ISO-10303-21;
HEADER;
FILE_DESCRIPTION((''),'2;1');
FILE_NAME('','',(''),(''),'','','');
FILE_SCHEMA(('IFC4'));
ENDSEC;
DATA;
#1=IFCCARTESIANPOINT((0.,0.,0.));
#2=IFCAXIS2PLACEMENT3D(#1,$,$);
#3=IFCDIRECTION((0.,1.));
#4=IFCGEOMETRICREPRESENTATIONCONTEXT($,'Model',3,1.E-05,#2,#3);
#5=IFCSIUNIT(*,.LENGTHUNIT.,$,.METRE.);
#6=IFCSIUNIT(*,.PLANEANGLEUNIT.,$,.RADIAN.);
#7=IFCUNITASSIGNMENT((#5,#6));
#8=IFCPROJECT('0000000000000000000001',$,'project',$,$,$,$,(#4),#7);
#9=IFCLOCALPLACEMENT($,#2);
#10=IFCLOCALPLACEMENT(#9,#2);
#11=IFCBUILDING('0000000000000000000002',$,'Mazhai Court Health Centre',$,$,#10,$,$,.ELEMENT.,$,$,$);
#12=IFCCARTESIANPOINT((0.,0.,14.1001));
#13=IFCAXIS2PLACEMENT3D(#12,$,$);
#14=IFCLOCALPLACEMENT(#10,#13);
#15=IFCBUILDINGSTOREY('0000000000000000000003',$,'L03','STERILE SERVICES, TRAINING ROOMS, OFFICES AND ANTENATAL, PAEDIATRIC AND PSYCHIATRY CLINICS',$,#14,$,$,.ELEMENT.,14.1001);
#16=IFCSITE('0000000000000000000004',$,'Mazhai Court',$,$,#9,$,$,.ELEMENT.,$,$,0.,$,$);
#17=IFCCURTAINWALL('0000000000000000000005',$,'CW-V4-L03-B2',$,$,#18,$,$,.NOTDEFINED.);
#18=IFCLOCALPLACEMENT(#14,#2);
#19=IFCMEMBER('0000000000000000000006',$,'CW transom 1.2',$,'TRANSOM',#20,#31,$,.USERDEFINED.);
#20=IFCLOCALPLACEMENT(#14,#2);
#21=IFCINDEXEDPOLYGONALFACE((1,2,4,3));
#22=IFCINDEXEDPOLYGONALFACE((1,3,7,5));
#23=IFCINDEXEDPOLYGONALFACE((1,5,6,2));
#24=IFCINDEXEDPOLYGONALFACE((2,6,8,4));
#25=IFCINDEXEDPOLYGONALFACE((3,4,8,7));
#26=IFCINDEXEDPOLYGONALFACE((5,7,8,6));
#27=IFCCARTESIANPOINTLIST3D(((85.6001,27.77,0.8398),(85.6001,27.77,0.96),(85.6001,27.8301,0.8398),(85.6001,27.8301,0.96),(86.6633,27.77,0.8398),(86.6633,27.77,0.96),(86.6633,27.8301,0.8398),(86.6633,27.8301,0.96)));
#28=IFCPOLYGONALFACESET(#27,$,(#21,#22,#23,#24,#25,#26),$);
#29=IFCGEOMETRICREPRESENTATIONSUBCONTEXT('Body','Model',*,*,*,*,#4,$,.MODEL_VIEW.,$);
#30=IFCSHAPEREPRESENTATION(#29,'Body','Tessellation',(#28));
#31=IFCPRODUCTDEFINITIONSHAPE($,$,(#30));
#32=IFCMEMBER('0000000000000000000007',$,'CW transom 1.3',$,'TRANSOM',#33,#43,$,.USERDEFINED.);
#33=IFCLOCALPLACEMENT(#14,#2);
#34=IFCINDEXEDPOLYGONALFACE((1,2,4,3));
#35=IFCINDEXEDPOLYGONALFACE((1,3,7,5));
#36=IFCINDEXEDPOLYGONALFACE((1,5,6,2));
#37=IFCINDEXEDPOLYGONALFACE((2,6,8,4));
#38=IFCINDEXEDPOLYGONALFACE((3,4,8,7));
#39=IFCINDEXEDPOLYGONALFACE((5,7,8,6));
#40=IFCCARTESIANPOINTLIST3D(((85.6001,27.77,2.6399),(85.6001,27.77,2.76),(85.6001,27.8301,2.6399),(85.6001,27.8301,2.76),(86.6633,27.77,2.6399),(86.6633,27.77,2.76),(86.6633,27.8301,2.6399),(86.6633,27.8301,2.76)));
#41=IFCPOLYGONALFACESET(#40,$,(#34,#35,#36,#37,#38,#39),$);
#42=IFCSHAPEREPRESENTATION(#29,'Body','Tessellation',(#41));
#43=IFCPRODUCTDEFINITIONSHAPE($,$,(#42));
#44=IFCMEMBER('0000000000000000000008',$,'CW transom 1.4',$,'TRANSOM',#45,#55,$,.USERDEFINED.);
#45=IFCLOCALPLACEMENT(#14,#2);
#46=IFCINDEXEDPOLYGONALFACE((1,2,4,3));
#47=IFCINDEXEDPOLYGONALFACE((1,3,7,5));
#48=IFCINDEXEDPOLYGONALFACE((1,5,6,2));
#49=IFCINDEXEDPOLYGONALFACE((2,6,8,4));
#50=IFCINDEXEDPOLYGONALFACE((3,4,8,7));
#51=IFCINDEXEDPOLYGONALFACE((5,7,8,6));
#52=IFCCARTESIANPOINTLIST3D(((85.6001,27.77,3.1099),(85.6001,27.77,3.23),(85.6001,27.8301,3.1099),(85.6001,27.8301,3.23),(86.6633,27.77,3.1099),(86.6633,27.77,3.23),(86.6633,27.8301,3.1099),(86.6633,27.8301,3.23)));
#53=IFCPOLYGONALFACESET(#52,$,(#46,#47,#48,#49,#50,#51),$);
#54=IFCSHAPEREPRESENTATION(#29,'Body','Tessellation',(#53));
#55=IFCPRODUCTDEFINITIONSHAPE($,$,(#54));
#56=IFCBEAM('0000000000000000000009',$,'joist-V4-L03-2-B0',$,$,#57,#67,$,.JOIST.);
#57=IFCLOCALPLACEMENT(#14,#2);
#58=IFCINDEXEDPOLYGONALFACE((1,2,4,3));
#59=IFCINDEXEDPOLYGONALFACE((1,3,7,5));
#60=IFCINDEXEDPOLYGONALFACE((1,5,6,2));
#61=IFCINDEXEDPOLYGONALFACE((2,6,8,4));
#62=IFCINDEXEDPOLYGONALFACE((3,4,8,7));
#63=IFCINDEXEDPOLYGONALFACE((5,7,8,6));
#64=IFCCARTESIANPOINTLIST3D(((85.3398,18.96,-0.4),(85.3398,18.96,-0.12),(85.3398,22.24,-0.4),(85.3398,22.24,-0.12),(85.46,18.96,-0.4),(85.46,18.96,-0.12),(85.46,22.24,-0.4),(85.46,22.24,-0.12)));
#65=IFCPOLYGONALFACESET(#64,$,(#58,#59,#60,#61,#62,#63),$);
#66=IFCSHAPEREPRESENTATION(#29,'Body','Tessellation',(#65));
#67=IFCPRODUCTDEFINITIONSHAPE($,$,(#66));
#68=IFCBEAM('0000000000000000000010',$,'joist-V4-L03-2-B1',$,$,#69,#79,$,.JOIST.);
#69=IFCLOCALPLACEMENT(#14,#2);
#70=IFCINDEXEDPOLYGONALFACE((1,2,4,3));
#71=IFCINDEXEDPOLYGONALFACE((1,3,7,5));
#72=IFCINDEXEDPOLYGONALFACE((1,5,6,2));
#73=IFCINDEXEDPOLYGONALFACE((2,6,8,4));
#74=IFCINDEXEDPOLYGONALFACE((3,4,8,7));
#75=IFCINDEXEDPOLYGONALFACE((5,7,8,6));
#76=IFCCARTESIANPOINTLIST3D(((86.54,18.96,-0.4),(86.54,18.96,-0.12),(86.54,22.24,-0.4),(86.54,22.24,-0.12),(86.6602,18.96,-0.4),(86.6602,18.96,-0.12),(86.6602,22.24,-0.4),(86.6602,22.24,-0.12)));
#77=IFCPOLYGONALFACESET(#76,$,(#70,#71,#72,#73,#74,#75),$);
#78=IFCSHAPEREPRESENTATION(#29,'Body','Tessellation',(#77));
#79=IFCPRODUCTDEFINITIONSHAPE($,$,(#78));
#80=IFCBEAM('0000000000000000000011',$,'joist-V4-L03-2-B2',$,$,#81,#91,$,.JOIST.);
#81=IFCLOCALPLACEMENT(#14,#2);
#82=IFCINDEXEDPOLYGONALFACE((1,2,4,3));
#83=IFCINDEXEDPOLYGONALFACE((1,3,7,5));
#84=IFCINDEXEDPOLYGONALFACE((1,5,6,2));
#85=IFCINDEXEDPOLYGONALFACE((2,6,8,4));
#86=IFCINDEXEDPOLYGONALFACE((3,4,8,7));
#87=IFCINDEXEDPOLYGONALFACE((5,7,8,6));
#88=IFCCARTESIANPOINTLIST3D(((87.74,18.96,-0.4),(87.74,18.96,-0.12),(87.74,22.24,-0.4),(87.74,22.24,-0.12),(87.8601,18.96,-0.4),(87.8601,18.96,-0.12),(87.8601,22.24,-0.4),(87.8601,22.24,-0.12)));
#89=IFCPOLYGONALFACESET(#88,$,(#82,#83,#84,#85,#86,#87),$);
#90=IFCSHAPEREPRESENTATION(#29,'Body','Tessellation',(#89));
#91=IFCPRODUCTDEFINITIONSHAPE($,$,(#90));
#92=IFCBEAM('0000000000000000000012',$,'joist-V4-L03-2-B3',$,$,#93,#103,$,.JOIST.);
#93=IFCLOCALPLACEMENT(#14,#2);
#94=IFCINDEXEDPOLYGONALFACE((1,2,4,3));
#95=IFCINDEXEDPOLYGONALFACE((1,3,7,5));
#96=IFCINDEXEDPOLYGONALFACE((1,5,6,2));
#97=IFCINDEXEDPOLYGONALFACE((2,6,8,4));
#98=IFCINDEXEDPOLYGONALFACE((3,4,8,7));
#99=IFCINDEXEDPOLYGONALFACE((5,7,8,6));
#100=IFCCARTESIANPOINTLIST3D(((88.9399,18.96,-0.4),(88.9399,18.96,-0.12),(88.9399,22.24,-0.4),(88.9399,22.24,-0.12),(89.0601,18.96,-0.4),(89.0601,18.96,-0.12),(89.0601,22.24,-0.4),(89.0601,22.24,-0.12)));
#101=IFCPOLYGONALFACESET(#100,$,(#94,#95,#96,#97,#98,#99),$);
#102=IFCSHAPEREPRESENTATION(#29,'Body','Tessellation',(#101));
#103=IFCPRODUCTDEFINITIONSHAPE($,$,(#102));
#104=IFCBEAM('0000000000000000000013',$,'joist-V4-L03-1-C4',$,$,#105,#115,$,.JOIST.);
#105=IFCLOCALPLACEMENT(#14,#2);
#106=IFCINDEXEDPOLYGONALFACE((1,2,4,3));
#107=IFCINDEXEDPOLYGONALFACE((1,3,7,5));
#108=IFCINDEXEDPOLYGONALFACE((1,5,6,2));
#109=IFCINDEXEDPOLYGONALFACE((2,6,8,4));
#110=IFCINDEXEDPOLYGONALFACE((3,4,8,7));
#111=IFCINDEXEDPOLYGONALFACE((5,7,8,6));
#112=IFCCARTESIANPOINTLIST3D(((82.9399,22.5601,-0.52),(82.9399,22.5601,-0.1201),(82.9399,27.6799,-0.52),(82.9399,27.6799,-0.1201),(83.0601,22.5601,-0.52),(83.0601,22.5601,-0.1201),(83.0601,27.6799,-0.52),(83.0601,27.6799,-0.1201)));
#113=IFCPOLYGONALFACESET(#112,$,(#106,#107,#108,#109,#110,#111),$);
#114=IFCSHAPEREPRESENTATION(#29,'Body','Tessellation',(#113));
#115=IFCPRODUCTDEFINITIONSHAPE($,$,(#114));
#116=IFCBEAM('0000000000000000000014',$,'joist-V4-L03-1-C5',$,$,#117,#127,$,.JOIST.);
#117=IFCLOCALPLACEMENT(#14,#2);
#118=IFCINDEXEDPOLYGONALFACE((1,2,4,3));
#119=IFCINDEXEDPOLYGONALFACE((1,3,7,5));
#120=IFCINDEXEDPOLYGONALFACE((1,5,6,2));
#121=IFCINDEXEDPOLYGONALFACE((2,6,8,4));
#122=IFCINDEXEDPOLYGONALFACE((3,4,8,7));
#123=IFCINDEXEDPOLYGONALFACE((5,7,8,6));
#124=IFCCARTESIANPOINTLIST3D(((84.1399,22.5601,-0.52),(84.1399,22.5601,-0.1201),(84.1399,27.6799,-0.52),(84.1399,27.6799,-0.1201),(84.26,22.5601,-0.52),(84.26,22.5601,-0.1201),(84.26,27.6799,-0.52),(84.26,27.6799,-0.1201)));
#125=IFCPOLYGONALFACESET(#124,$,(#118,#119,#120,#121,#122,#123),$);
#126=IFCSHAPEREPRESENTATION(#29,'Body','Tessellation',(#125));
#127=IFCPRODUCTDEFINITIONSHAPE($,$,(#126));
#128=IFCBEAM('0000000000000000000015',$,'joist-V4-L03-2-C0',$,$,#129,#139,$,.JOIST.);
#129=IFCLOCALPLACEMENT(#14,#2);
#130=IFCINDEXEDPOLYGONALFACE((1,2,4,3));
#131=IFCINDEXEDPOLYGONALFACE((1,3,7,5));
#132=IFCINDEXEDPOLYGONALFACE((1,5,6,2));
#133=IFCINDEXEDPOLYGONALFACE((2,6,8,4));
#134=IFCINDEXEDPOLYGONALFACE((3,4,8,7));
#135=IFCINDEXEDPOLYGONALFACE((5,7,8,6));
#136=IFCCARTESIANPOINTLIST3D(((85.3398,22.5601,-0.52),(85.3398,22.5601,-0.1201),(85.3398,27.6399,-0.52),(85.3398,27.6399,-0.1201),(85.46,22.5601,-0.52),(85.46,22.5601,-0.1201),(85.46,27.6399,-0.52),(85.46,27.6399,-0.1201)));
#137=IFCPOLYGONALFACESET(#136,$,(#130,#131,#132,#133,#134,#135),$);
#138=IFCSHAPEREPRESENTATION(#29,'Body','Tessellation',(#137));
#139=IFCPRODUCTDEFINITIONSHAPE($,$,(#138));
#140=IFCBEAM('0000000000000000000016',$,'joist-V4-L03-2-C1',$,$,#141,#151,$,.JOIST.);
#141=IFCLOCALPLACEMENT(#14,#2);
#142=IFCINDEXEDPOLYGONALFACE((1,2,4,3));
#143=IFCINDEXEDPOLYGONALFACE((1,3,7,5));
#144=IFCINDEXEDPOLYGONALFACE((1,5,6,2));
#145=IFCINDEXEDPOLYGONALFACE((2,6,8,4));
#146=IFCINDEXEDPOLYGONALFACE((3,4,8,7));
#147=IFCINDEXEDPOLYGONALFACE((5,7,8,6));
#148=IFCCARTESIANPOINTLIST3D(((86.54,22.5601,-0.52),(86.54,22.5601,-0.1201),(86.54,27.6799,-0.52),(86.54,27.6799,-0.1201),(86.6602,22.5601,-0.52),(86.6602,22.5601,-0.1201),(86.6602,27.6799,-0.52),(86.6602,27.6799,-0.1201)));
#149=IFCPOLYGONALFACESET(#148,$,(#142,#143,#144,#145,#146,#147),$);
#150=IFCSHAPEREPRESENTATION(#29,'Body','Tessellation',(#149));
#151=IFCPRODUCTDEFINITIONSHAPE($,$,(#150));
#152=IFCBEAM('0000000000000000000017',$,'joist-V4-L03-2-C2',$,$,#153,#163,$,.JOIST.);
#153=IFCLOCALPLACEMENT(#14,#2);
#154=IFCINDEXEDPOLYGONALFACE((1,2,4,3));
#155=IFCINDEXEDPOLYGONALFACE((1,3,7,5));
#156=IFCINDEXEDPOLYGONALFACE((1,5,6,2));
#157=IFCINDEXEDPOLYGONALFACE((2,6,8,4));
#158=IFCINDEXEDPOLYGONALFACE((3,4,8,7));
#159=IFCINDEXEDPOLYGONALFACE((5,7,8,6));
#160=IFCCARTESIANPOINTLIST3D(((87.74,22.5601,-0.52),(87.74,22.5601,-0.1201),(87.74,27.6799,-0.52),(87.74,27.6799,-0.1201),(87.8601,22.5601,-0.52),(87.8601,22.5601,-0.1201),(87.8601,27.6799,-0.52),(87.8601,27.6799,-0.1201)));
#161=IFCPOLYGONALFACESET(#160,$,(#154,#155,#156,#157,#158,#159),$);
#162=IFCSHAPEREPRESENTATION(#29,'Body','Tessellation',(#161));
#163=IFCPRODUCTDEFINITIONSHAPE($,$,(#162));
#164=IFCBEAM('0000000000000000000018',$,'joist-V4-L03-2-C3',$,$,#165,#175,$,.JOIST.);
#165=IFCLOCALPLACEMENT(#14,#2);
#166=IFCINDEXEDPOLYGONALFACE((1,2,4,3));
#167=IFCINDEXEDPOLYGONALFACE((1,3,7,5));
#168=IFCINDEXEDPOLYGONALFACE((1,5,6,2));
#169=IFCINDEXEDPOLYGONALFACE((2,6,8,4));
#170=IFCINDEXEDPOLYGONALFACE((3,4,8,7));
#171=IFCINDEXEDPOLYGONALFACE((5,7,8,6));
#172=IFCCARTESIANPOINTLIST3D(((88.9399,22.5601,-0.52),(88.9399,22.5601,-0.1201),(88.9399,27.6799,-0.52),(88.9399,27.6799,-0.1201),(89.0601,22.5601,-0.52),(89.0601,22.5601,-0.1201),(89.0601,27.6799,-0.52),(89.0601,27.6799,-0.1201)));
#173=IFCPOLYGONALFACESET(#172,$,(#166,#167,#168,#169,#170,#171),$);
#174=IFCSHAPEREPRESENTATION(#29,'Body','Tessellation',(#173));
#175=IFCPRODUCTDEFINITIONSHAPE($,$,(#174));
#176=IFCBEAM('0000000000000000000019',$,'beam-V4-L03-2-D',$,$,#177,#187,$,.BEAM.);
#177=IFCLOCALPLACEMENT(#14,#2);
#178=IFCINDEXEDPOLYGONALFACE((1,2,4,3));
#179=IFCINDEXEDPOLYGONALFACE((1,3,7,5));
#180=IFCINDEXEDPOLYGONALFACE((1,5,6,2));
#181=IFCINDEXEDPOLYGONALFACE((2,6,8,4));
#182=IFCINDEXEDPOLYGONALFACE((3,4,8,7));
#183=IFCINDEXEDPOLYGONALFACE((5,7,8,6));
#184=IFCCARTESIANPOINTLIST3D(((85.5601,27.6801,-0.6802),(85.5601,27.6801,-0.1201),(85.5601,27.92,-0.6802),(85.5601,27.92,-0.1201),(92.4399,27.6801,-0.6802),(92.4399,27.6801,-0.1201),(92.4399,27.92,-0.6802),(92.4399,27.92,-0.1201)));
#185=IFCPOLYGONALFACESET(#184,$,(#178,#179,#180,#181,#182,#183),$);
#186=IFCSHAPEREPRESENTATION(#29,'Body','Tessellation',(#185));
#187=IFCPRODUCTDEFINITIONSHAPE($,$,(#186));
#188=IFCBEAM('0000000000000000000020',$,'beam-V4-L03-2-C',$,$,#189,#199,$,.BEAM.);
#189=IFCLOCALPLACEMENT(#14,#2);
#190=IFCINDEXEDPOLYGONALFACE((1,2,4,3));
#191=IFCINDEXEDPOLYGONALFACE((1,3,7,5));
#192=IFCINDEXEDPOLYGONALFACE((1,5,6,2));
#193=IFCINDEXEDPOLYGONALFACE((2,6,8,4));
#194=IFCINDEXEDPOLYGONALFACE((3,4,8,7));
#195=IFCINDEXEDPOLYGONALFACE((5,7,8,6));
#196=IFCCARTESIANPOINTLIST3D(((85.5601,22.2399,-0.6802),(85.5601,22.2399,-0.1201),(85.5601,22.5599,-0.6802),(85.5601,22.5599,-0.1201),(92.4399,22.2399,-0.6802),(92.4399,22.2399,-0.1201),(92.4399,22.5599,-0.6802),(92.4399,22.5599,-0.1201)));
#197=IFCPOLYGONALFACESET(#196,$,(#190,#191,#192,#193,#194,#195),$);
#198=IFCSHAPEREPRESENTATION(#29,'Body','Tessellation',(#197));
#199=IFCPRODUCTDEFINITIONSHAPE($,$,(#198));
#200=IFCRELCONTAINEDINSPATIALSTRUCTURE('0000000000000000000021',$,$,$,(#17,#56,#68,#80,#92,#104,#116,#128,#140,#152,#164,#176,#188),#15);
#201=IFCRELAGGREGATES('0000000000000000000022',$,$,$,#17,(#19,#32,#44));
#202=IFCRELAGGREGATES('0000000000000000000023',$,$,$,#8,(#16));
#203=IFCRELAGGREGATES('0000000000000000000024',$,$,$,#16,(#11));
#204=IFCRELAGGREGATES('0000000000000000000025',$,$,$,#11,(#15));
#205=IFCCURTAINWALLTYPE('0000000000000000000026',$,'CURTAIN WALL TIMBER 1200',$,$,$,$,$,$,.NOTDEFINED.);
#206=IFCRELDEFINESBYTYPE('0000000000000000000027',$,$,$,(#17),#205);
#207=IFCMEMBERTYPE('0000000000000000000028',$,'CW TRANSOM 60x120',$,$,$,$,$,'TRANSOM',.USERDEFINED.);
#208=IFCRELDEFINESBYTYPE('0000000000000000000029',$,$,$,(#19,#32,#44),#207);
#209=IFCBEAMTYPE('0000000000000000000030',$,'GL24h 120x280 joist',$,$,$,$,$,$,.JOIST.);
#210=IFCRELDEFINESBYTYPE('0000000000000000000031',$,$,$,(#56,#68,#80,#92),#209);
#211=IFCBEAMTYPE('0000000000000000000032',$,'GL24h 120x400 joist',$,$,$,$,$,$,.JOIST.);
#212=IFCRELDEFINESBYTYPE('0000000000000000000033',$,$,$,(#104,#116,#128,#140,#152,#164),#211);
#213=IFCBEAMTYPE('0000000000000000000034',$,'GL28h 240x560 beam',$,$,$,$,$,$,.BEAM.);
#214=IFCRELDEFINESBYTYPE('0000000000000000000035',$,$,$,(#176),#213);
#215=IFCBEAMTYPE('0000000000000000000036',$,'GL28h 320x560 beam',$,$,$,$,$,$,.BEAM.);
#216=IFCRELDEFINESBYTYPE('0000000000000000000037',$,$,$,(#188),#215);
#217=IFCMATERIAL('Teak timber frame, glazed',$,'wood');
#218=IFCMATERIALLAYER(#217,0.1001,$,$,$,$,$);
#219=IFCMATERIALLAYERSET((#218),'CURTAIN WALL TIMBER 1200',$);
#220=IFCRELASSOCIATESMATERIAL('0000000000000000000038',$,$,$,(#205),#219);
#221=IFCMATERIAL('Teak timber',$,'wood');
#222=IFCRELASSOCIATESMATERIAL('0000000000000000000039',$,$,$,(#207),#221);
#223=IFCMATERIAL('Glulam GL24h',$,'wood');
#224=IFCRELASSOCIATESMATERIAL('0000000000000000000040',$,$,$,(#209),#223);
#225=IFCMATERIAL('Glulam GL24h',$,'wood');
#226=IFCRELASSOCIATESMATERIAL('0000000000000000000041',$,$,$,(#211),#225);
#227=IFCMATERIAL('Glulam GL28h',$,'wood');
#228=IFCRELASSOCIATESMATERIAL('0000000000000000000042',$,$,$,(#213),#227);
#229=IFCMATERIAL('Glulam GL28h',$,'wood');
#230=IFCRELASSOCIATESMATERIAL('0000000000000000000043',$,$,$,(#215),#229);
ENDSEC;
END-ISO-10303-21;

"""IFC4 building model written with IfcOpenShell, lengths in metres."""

from ifc_helpers import new_model, si_unit, direction, frame, origin, origin_2d, place, context, subcontext, project, spatial, rectangle, extrude, material, layer, layer_set, material_profile, profile_set, type_object, element, aggregate, save


model = new_model("IFC4")

# Units and contexts
model_context = context("Model", 3, precision=1e-05, world=origin(), true_north=direction((0.0, 1.0)))
body_context = subcontext(model_context, "Body", "Model", "MODEL_VIEW")
ifc_project = project(units=[si_unit("LENGTHUNIT", "METRE"), si_unit("PLANEANGLEUNIT", "RADIAN")], contexts=[model_context])

# Site, building, storey
site_placement = place(None, origin())
site = spatial("IfcSite", under=ifc_project, at=site_placement, Name="Mazhai Court", CompositionType="ELEMENT", RefElevation=0.0)
building_placement = place(site_placement, origin())
building = spatial("IfcBuilding", under=site, at=building_placement, Name="Mazhai Court Health Centre", CompositionType="ELEMENT")
storey_placement = place(building_placement, frame((0.0, 0.0, 14.1001)))
storey = spatial("IfcBuildingStorey", under=building, at=storey_placement, Name="L03", Description="STERILE SERVICES, TRAINING ROOMS, OFFICES AND ANTENATAL, PAEDIATRIC AND PSYCHIATRY CLINICS", CompositionType="ELEMENT", Elevation=14.1001)

# Shared definitions
ifc_material_1 = material(Name="Teak timber frame, glazed", Category="wood")
ifc_layer_1 = layer(ifc_material_1, 0.1001)
ifc_layer_set_1 = layer_set([ifc_layer_1], Name="CURTAIN WALL TIMBER 1200")
curtain_wall_type = type_object("IfcCurtainWallType", Name="CURTAIN WALL TIMBER 1200", PredefinedType="NOTDEFINED", material=ifc_layer_set_1)

# Curtain wall
curtain_wall_1_placement = place(storey_placement, origin())
curtain_wall_1 = element("IfcCurtainWall", 1, at=curtain_wall_1_placement, inside=storey, type_object=curtain_wall_type, Name="CW-V4-L03-B2", PredefinedType="NOTDEFINED")

# Members
ifc_material_2 = material(Name="Teak timber", Category="wood")
ifc_material_profile_1 = material_profile(ifc_material_2, rectangle(XDim=0.0601, YDim=0.1201, at=origin_2d()), Name="CW TRANSOM 60x120")
ifc_profile_set_1 = profile_set([ifc_material_profile_1], Name="Teak timber")
member_type_1 = type_object("IfcMemberType", Name="CW TRANSOM 60x120", ElementType="TRANSOM", PredefinedType="USERDEFINED", material=ifc_profile_set_1)
member_1_placement = place(storey_placement, frame((85.6001, 27.8, 0.8999), z_axis=(1.0, 0.0, 0.0), x_axis=(0.0, 1.0, 0.0)))
member_1 = element("IfcMember", 2, at=member_1_placement, type_object=member_type_1, Name="CW transom 1.2", ObjectType="TRANSOM", PredefinedType="USERDEFINED", context=body_context, shape_type="SweptSolid", body=[
    extrude(rectangle(XDim=0.0601, YDim=0.1201, at=origin_2d()), origin(), (0.0, 0.0, 1.0), 1.0632),
])
member_2_placement = place(storey_placement, frame((85.6001, 27.8, 2.7), z_axis=(1.0, 0.0, 0.0), x_axis=(0.0, 1.0, 0.0)))
member_2 = element("IfcMember", 3, at=member_2_placement, type_object=member_type_1, Name="CW transom 1.3", ObjectType="TRANSOM", PredefinedType="USERDEFINED", context=body_context, shape_type="SweptSolid", body=[
    extrude(rectangle(XDim=0.0601, YDim=0.1201, at=origin_2d()), origin(), (0.0, 0.0, 1.0), 1.0632),
])
member_3_placement = place(storey_placement, frame((85.6001, 27.8, 3.1699), z_axis=(1.0, 0.0, 0.0), x_axis=(0.0, 1.0, 0.0)))
member_3 = element("IfcMember", 4, at=member_3_placement, type_object=member_type_1, Name="CW transom 1.4", ObjectType="TRANSOM", PredefinedType="USERDEFINED", context=body_context, shape_type="SweptSolid", body=[
    extrude(rectangle(XDim=0.0601, YDim=0.1201, at=origin_2d()), origin(), (0.0, 0.0, 1.0), 1.0632),
])

# Beams
ifc_material_3 = material(Name="Glulam GL24h", Category="wood")
ifc_material_profile_2 = material_profile(ifc_material_3, rectangle(XDim=0.1201, YDim=0.28, at=origin_2d()), Name="GL24h 120x280")
ifc_profile_set_2 = profile_set([ifc_material_profile_2], Name="Glulam GL24h")
beam_type_1 = type_object("IfcBeamType", Name="GL24h 120x280 joist", PredefinedType="JOIST", material=ifc_profile_set_2)
for number, where, z_axis, x_axis, name in (
    (5, (85.3999, 18.96, -0.26), (0.0, 1.0, 0.0), (-1.0, 0.0, 0.0), "joist-V4-L03-2-B0"),
    (6, (86.6001, 18.96, -0.26), (0.0, 1.0, 0.0), (-1.0, 0.0, 0.0), "joist-V4-L03-2-B1"),
    (7, (87.8, 18.96, -0.26), (0.0, 1.0, 0.0), (-1.0, 0.0, 0.0), "joist-V4-L03-2-B2"),
    (8, (89.0, 18.96, -0.26), (0.0, 1.0, 0.0), (-1.0, 0.0, 0.0), "joist-V4-L03-2-B3"),
):
    element("IfcBeam", number, at=place(storey_placement, frame(where, z_axis=z_axis, x_axis=x_axis)), inside=storey, type_object=beam_type_1, Name=name, PredefinedType="JOIST", context=body_context, shape_type="SweptSolid", body=[
        extrude(rectangle(XDim=0.1201, YDim=0.28, at=origin_2d()), origin(), (0.0, 0.0, 1.0), 3.28),
    ])
ifc_material_4 = material(Name="Glulam GL24h", Category="wood")
ifc_material_profile_3 = material_profile(ifc_material_4, rectangle(XDim=0.1201, YDim=0.3999, at=origin_2d()), Name="GL24h 120x400")
ifc_profile_set_3 = profile_set([ifc_material_profile_3], Name="Glulam GL24h")
beam_type_2 = type_object("IfcBeamType", Name="GL24h 120x400 joist", PredefinedType="JOIST", material=ifc_profile_set_3)
for number, where, z_axis, x_axis, name in (
    (9, (83.0, 22.5601, -0.3201), (0.0, 1.0, 0.0), (-1.0, 0.0, 0.0), "joist-V4-L03-1-C4"),
    (10, (84.2, 22.5601, -0.3201), (0.0, 1.0, 0.0), (-1.0, 0.0, 0.0), "joist-V4-L03-1-C5"),
):
    element("IfcBeam", number, at=place(storey_placement, frame(where, z_axis=z_axis, x_axis=x_axis)), inside=storey, type_object=beam_type_2, Name=name, PredefinedType="JOIST", context=body_context, shape_type="SweptSolid", body=[
        extrude(rectangle(XDim=0.1201, YDim=0.3999, at=origin_2d()), origin(), (0.0, 0.0, 1.0), 5.1199),
    ])
beam_1_placement = place(storey_placement, frame((85.3999, 22.5601, -0.3201), z_axis=(0.0, 1.0, 0.0), x_axis=(-1.0, 0.0, 0.0)))
element("IfcBeam", 11, at=beam_1_placement, inside=storey, type_object=beam_type_2, Name="joist-V4-L03-2-C0", PredefinedType="JOIST", context=body_context, shape_type="SweptSolid", body=[
    extrude(rectangle(XDim=0.1201, YDim=0.3999, at=origin_2d()), origin(), (0.0, 0.0, 1.0), 5.0798),
])
for number, where, z_axis, x_axis, name in (
    (12, (86.6001, 22.5601, -0.3201), (0.0, 1.0, 0.0), (-1.0, 0.0, 0.0), "joist-V4-L03-2-C1"),
    (13, (87.8, 22.5601, -0.3201), (0.0, 1.0, 0.0), (-1.0, 0.0, 0.0), "joist-V4-L03-2-C2"),
    (14, (89.0, 22.5601, -0.3201), (0.0, 1.0, 0.0), (-1.0, 0.0, 0.0), "joist-V4-L03-2-C3"),
):
    element("IfcBeam", number, at=place(storey_placement, frame(where, z_axis=z_axis, x_axis=x_axis)), inside=storey, type_object=beam_type_2, Name=name, PredefinedType="JOIST", context=body_context, shape_type="SweptSolid", body=[
        extrude(rectangle(XDim=0.1201, YDim=0.3999, at=origin_2d()), origin(), (0.0, 0.0, 1.0), 5.1199),
    ])
ifc_material_5 = material(Name="Glulam GL28h", Category="wood")
ifc_material_profile_4 = material_profile(ifc_material_5, rectangle(XDim=0.24, YDim=0.5601, at=origin_2d()), Name="GL28h 240x560")
ifc_profile_set_4 = profile_set([ifc_material_profile_4], Name="Glulam GL28h")
beam_type_3 = type_object("IfcBeamType", Name="GL28h 240x560 beam", PredefinedType="BEAM", material=ifc_profile_set_4)
beam_2_placement = place(storey_placement, frame((85.5601, 27.8, -0.4001), z_axis=(1.0, 0.0, 0.0), x_axis=(0.0, 1.0, 0.0)))
element("IfcBeam", 15, at=beam_2_placement, inside=storey, type_object=beam_type_3, Name="beam-V4-L03-2-D", PredefinedType="BEAM", context=body_context, shape_type="SweptSolid", body=[
    extrude(rectangle(XDim=0.24, YDim=0.5601, at=origin_2d()), origin(), (0.0, 0.0, 1.0), 6.8799),
])
ifc_material_6 = material(Name="Glulam GL28h", Category="wood")
ifc_material_profile_5 = material_profile(ifc_material_6, rectangle(XDim=0.3201, YDim=0.5601, at=origin_2d()), Name="GL28h 320x560")
ifc_profile_set_5 = profile_set([ifc_material_profile_5], Name="Glulam GL28h")
beam_type_4 = type_object("IfcBeamType", Name="GL28h 320x560 beam", PredefinedType="BEAM", material=ifc_profile_set_5)
beam_3_placement = place(storey_placement, frame((85.5601, 22.3999, -0.4001), z_axis=(1.0, 0.0, 0.0), x_axis=(0.0, 1.0, 0.0)))
element("IfcBeam", 16, at=beam_3_placement, inside=storey, type_object=beam_type_4, Name="beam-V4-L03-2-C", PredefinedType="BEAM", context=body_context, shape_type="SweptSolid", body=[
    extrude(rectangle(XDim=0.3201, YDim=0.5601, at=origin_2d()), origin(), (0.0, 0.0, 1.0), 6.8799),
])

aggregate(curtain_wall_1, [member_1, member_2, member_3])

save(model, "model.ifc")
